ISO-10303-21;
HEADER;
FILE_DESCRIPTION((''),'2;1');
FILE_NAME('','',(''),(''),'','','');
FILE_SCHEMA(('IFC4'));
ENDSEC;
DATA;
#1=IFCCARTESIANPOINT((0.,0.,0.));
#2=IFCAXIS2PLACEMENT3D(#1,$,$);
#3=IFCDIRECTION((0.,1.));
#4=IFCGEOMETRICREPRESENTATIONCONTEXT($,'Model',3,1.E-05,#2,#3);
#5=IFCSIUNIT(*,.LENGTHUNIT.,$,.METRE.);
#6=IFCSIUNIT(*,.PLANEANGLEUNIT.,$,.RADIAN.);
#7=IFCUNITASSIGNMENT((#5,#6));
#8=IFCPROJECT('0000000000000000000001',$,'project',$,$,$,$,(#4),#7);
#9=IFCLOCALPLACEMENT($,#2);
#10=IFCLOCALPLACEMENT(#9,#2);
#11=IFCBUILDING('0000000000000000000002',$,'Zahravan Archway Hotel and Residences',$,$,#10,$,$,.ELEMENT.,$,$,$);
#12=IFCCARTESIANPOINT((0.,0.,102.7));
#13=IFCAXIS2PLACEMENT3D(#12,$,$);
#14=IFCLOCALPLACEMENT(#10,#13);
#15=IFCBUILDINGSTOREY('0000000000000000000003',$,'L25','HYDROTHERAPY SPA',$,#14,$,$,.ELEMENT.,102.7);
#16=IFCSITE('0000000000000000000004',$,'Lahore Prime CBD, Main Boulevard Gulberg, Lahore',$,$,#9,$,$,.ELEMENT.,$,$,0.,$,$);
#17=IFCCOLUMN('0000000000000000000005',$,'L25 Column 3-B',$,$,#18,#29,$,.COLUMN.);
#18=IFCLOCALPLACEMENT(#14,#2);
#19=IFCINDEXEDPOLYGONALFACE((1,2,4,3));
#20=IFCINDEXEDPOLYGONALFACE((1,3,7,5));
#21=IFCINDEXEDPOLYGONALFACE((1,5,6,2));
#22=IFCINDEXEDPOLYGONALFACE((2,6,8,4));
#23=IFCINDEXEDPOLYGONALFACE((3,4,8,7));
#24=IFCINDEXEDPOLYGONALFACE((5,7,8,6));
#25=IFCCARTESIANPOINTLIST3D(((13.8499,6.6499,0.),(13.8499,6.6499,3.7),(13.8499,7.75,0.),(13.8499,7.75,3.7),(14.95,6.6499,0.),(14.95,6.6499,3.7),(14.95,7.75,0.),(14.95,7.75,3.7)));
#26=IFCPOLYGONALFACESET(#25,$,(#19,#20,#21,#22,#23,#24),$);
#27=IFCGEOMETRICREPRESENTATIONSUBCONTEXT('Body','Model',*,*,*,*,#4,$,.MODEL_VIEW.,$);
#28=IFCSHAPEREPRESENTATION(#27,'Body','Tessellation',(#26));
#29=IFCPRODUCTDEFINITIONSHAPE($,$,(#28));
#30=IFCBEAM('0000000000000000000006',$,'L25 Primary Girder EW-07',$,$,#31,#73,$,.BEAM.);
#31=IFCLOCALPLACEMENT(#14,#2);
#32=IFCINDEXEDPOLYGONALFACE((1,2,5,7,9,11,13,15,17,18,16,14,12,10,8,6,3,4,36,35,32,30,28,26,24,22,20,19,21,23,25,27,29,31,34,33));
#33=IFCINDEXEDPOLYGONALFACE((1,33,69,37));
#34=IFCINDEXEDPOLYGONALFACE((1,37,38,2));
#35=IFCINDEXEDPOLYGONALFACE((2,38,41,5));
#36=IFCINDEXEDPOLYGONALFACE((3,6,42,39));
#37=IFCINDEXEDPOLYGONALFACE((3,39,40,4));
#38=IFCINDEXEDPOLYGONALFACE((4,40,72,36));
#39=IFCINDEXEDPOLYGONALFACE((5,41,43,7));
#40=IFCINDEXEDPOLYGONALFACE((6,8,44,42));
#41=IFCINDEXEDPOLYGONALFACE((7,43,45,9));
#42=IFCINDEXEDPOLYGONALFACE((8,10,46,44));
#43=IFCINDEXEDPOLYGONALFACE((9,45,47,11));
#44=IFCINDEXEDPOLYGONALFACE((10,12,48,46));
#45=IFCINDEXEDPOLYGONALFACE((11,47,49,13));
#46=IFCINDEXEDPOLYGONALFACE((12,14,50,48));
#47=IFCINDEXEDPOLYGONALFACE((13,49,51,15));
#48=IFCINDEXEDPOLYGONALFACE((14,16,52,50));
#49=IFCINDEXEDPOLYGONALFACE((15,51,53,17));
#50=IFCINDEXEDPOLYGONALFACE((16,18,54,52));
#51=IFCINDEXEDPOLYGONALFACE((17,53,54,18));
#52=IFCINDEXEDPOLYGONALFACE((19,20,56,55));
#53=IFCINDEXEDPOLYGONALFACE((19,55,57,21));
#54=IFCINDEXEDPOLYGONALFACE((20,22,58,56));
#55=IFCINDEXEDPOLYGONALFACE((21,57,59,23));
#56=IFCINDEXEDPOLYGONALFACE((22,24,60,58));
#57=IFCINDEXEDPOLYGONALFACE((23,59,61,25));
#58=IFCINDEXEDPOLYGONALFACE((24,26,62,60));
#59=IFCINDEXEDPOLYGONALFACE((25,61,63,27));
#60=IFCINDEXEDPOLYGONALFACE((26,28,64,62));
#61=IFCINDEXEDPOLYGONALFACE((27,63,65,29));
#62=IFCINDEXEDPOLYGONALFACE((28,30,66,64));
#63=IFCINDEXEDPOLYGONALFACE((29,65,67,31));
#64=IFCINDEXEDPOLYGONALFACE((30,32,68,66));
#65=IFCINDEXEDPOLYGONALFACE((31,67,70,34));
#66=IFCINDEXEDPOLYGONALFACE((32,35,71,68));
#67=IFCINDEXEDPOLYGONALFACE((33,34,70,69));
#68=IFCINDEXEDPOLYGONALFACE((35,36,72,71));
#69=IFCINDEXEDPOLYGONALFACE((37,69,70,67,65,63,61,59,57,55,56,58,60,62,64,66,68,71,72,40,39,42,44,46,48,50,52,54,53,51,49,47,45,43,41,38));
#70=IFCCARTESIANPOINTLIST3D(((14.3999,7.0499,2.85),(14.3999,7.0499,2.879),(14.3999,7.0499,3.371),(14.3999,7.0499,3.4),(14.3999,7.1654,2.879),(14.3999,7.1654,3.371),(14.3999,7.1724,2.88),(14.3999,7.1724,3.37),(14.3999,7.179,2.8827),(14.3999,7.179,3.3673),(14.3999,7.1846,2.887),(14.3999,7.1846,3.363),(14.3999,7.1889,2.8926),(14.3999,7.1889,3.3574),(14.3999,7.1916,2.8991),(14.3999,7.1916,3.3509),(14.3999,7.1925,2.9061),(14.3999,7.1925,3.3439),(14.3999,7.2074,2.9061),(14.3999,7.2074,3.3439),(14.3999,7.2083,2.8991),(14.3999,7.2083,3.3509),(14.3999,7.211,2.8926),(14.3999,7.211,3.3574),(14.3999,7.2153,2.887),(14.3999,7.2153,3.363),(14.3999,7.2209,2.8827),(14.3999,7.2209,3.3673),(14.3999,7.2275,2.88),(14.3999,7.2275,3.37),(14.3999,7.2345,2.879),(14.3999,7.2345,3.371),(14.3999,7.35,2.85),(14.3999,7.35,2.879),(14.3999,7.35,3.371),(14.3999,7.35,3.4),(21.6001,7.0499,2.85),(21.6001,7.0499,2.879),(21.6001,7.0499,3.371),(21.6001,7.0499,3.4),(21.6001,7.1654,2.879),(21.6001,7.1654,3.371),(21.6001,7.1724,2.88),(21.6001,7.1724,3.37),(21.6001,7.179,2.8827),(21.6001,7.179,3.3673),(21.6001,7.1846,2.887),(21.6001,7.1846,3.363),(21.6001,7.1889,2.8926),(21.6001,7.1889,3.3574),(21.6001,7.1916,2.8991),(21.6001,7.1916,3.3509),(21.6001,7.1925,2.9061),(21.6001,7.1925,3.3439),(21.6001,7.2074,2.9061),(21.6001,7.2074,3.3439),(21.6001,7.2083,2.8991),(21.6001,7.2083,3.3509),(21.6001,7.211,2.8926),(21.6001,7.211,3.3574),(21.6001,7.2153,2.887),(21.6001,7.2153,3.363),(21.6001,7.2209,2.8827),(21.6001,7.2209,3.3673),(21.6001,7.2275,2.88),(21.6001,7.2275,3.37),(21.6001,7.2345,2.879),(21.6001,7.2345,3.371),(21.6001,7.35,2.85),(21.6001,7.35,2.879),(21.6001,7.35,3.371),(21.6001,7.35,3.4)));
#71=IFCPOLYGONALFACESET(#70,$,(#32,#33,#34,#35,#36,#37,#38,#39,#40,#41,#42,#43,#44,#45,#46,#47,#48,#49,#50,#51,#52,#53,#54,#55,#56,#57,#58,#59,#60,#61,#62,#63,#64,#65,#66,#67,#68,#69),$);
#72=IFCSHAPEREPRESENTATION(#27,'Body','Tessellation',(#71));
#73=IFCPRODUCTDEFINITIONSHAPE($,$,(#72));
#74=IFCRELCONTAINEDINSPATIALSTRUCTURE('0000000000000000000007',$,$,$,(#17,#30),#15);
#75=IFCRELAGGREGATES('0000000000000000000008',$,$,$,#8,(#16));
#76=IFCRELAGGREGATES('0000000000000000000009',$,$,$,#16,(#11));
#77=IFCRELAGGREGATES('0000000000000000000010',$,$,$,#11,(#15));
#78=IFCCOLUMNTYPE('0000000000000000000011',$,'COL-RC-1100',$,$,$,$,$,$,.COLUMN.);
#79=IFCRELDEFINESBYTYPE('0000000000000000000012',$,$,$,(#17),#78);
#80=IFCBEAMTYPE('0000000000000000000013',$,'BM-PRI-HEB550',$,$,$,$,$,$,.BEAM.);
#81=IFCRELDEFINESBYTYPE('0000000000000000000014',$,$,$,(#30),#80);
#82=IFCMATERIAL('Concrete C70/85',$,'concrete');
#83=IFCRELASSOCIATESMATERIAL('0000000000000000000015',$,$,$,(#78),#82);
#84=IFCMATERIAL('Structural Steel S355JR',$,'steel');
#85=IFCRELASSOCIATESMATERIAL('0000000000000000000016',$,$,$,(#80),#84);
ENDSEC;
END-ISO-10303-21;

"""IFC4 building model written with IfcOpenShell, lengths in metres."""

from ifc_helpers import new_model, si_unit, direction, frame, origin, origin_2d, place, context, subcontext, project, spatial, rectangle, i_section, extrude, source, transform, mapped, material, material_profile, profile_set, type_object, type_shapes, element, save


model = new_model("IFC4")

# Units and contexts
model_context = context("Model", 3, precision=1e-05, world=origin(), true_north=direction((0.0, 1.0)))
body_context = subcontext(model_context, "Body", "Model", "MODEL_VIEW")
ifc_project = project(units=[si_unit("LENGTHUNIT", "METRE"), si_unit("PLANEANGLEUNIT", "RADIAN")], contexts=[model_context])

# Site, building, storey
site_placement = place(None, origin())
site = spatial("IfcSite", under=ifc_project, at=site_placement, Name="Lahore Prime CBD, Main Boulevard Gulberg, Lahore", CompositionType="ELEMENT", RefElevation=0.0)
building_placement = place(site_placement, origin())
building = spatial("IfcBuilding", under=site, at=building_placement, Name="Zahravan Archway Hotel and Residences", CompositionType="ELEMENT")
storey_placement = place(building_placement, frame((0.0, 0.0, 102.7)))
storey = spatial("IfcBuildingStorey", under=building, at=storey_placement, Name="L25", Description="HYDROTHERAPY SPA", CompositionType="ELEMENT", Elevation=102.7)

# Column
ifc_material_1 = material(Name="Concrete C70/85", Category="concrete")
ifc_material_profile_1 = material_profile(ifc_material_1, rectangle(XDim=1.1001, YDim=1.1001, at=origin_2d()), Name="RC 1100x1100", Category="concrete")
ifc_profile_set_1 = profile_set([ifc_material_profile_1], Name="Concrete C70/85")
column_type = type_object("IfcColumnType", Name="COL-RC-1100", PredefinedType="COLUMN", material=ifc_profile_set_1)
shared_shape_1 = source(origin(), body_context, "Body", "SweptSolid", [
    extrude(rectangle(XDim=1.1001, YDim=1.1001, at=origin_2d()), origin(), (0.0, 0.0, 1.0), 3.7),
])
column_placement = place(storey_placement, frame((14.3999, 7.2, 0.0), z_axis=(0.0, 0.0, 1.0), x_axis=(1.0, 0.0, 0.0)))
element("IfcColumn", 1, at=column_placement, inside=storey, type_object=column_type, Name="L25 Column 3-B", PredefinedType="COLUMN", context=body_context, shape_type="MappedRepresentation", body=[
    mapped(shared_shape_1, transform((0.0, 0.0, 0.0), scale=1.0)),
])

# Beam
ifc_material_2 = material(Name="Structural Steel S355JR", Category="steel")
ifc_material_profile_2 = material_profile(ifc_material_2, i_section(OverallWidth=0.3, OverallDepth=0.55, WebThickness=0.0149, FlangeThickness=0.0291, FilletRadius=0.0271, at=origin_2d()), Name="HEB 550", Category="steel")
ifc_profile_set_2 = profile_set([ifc_material_profile_2], Name="Structural Steel S355JR")
beam_type = type_object("IfcBeamType", Name="BM-PRI-HEB550", PredefinedType="BEAM", material=ifc_profile_set_2)
shared_shape_2 = source(origin(), body_context, "Body", "SweptSolid", [
    extrude(i_section(OverallWidth=0.3, OverallDepth=0.55, WebThickness=0.0149, FlangeThickness=0.0291, FilletRadius=0.0271, at=origin_2d()), origin(), (0.0, 0.0, 1.0), 7.2002),
])
type_shapes(beam_type, [shared_shape_2])
beam_placement = place(storey_placement, frame((14.3999, 7.2, 3.125), z_axis=(1.0, 0.0, 0.0), x_axis=(0.0, 1.0, 0.0)))
element("IfcBeam", 2, at=beam_placement, inside=storey, type_object=beam_type, Name="L25 Primary Girder EW-07", PredefinedType="BEAM", context=body_context, shape_type="MappedRepresentation", body=[
    mapped(shared_shape_2, transform((0.0, 0.0, 0.0), scale=1.0)),
])

save(model, "model.ifc")
